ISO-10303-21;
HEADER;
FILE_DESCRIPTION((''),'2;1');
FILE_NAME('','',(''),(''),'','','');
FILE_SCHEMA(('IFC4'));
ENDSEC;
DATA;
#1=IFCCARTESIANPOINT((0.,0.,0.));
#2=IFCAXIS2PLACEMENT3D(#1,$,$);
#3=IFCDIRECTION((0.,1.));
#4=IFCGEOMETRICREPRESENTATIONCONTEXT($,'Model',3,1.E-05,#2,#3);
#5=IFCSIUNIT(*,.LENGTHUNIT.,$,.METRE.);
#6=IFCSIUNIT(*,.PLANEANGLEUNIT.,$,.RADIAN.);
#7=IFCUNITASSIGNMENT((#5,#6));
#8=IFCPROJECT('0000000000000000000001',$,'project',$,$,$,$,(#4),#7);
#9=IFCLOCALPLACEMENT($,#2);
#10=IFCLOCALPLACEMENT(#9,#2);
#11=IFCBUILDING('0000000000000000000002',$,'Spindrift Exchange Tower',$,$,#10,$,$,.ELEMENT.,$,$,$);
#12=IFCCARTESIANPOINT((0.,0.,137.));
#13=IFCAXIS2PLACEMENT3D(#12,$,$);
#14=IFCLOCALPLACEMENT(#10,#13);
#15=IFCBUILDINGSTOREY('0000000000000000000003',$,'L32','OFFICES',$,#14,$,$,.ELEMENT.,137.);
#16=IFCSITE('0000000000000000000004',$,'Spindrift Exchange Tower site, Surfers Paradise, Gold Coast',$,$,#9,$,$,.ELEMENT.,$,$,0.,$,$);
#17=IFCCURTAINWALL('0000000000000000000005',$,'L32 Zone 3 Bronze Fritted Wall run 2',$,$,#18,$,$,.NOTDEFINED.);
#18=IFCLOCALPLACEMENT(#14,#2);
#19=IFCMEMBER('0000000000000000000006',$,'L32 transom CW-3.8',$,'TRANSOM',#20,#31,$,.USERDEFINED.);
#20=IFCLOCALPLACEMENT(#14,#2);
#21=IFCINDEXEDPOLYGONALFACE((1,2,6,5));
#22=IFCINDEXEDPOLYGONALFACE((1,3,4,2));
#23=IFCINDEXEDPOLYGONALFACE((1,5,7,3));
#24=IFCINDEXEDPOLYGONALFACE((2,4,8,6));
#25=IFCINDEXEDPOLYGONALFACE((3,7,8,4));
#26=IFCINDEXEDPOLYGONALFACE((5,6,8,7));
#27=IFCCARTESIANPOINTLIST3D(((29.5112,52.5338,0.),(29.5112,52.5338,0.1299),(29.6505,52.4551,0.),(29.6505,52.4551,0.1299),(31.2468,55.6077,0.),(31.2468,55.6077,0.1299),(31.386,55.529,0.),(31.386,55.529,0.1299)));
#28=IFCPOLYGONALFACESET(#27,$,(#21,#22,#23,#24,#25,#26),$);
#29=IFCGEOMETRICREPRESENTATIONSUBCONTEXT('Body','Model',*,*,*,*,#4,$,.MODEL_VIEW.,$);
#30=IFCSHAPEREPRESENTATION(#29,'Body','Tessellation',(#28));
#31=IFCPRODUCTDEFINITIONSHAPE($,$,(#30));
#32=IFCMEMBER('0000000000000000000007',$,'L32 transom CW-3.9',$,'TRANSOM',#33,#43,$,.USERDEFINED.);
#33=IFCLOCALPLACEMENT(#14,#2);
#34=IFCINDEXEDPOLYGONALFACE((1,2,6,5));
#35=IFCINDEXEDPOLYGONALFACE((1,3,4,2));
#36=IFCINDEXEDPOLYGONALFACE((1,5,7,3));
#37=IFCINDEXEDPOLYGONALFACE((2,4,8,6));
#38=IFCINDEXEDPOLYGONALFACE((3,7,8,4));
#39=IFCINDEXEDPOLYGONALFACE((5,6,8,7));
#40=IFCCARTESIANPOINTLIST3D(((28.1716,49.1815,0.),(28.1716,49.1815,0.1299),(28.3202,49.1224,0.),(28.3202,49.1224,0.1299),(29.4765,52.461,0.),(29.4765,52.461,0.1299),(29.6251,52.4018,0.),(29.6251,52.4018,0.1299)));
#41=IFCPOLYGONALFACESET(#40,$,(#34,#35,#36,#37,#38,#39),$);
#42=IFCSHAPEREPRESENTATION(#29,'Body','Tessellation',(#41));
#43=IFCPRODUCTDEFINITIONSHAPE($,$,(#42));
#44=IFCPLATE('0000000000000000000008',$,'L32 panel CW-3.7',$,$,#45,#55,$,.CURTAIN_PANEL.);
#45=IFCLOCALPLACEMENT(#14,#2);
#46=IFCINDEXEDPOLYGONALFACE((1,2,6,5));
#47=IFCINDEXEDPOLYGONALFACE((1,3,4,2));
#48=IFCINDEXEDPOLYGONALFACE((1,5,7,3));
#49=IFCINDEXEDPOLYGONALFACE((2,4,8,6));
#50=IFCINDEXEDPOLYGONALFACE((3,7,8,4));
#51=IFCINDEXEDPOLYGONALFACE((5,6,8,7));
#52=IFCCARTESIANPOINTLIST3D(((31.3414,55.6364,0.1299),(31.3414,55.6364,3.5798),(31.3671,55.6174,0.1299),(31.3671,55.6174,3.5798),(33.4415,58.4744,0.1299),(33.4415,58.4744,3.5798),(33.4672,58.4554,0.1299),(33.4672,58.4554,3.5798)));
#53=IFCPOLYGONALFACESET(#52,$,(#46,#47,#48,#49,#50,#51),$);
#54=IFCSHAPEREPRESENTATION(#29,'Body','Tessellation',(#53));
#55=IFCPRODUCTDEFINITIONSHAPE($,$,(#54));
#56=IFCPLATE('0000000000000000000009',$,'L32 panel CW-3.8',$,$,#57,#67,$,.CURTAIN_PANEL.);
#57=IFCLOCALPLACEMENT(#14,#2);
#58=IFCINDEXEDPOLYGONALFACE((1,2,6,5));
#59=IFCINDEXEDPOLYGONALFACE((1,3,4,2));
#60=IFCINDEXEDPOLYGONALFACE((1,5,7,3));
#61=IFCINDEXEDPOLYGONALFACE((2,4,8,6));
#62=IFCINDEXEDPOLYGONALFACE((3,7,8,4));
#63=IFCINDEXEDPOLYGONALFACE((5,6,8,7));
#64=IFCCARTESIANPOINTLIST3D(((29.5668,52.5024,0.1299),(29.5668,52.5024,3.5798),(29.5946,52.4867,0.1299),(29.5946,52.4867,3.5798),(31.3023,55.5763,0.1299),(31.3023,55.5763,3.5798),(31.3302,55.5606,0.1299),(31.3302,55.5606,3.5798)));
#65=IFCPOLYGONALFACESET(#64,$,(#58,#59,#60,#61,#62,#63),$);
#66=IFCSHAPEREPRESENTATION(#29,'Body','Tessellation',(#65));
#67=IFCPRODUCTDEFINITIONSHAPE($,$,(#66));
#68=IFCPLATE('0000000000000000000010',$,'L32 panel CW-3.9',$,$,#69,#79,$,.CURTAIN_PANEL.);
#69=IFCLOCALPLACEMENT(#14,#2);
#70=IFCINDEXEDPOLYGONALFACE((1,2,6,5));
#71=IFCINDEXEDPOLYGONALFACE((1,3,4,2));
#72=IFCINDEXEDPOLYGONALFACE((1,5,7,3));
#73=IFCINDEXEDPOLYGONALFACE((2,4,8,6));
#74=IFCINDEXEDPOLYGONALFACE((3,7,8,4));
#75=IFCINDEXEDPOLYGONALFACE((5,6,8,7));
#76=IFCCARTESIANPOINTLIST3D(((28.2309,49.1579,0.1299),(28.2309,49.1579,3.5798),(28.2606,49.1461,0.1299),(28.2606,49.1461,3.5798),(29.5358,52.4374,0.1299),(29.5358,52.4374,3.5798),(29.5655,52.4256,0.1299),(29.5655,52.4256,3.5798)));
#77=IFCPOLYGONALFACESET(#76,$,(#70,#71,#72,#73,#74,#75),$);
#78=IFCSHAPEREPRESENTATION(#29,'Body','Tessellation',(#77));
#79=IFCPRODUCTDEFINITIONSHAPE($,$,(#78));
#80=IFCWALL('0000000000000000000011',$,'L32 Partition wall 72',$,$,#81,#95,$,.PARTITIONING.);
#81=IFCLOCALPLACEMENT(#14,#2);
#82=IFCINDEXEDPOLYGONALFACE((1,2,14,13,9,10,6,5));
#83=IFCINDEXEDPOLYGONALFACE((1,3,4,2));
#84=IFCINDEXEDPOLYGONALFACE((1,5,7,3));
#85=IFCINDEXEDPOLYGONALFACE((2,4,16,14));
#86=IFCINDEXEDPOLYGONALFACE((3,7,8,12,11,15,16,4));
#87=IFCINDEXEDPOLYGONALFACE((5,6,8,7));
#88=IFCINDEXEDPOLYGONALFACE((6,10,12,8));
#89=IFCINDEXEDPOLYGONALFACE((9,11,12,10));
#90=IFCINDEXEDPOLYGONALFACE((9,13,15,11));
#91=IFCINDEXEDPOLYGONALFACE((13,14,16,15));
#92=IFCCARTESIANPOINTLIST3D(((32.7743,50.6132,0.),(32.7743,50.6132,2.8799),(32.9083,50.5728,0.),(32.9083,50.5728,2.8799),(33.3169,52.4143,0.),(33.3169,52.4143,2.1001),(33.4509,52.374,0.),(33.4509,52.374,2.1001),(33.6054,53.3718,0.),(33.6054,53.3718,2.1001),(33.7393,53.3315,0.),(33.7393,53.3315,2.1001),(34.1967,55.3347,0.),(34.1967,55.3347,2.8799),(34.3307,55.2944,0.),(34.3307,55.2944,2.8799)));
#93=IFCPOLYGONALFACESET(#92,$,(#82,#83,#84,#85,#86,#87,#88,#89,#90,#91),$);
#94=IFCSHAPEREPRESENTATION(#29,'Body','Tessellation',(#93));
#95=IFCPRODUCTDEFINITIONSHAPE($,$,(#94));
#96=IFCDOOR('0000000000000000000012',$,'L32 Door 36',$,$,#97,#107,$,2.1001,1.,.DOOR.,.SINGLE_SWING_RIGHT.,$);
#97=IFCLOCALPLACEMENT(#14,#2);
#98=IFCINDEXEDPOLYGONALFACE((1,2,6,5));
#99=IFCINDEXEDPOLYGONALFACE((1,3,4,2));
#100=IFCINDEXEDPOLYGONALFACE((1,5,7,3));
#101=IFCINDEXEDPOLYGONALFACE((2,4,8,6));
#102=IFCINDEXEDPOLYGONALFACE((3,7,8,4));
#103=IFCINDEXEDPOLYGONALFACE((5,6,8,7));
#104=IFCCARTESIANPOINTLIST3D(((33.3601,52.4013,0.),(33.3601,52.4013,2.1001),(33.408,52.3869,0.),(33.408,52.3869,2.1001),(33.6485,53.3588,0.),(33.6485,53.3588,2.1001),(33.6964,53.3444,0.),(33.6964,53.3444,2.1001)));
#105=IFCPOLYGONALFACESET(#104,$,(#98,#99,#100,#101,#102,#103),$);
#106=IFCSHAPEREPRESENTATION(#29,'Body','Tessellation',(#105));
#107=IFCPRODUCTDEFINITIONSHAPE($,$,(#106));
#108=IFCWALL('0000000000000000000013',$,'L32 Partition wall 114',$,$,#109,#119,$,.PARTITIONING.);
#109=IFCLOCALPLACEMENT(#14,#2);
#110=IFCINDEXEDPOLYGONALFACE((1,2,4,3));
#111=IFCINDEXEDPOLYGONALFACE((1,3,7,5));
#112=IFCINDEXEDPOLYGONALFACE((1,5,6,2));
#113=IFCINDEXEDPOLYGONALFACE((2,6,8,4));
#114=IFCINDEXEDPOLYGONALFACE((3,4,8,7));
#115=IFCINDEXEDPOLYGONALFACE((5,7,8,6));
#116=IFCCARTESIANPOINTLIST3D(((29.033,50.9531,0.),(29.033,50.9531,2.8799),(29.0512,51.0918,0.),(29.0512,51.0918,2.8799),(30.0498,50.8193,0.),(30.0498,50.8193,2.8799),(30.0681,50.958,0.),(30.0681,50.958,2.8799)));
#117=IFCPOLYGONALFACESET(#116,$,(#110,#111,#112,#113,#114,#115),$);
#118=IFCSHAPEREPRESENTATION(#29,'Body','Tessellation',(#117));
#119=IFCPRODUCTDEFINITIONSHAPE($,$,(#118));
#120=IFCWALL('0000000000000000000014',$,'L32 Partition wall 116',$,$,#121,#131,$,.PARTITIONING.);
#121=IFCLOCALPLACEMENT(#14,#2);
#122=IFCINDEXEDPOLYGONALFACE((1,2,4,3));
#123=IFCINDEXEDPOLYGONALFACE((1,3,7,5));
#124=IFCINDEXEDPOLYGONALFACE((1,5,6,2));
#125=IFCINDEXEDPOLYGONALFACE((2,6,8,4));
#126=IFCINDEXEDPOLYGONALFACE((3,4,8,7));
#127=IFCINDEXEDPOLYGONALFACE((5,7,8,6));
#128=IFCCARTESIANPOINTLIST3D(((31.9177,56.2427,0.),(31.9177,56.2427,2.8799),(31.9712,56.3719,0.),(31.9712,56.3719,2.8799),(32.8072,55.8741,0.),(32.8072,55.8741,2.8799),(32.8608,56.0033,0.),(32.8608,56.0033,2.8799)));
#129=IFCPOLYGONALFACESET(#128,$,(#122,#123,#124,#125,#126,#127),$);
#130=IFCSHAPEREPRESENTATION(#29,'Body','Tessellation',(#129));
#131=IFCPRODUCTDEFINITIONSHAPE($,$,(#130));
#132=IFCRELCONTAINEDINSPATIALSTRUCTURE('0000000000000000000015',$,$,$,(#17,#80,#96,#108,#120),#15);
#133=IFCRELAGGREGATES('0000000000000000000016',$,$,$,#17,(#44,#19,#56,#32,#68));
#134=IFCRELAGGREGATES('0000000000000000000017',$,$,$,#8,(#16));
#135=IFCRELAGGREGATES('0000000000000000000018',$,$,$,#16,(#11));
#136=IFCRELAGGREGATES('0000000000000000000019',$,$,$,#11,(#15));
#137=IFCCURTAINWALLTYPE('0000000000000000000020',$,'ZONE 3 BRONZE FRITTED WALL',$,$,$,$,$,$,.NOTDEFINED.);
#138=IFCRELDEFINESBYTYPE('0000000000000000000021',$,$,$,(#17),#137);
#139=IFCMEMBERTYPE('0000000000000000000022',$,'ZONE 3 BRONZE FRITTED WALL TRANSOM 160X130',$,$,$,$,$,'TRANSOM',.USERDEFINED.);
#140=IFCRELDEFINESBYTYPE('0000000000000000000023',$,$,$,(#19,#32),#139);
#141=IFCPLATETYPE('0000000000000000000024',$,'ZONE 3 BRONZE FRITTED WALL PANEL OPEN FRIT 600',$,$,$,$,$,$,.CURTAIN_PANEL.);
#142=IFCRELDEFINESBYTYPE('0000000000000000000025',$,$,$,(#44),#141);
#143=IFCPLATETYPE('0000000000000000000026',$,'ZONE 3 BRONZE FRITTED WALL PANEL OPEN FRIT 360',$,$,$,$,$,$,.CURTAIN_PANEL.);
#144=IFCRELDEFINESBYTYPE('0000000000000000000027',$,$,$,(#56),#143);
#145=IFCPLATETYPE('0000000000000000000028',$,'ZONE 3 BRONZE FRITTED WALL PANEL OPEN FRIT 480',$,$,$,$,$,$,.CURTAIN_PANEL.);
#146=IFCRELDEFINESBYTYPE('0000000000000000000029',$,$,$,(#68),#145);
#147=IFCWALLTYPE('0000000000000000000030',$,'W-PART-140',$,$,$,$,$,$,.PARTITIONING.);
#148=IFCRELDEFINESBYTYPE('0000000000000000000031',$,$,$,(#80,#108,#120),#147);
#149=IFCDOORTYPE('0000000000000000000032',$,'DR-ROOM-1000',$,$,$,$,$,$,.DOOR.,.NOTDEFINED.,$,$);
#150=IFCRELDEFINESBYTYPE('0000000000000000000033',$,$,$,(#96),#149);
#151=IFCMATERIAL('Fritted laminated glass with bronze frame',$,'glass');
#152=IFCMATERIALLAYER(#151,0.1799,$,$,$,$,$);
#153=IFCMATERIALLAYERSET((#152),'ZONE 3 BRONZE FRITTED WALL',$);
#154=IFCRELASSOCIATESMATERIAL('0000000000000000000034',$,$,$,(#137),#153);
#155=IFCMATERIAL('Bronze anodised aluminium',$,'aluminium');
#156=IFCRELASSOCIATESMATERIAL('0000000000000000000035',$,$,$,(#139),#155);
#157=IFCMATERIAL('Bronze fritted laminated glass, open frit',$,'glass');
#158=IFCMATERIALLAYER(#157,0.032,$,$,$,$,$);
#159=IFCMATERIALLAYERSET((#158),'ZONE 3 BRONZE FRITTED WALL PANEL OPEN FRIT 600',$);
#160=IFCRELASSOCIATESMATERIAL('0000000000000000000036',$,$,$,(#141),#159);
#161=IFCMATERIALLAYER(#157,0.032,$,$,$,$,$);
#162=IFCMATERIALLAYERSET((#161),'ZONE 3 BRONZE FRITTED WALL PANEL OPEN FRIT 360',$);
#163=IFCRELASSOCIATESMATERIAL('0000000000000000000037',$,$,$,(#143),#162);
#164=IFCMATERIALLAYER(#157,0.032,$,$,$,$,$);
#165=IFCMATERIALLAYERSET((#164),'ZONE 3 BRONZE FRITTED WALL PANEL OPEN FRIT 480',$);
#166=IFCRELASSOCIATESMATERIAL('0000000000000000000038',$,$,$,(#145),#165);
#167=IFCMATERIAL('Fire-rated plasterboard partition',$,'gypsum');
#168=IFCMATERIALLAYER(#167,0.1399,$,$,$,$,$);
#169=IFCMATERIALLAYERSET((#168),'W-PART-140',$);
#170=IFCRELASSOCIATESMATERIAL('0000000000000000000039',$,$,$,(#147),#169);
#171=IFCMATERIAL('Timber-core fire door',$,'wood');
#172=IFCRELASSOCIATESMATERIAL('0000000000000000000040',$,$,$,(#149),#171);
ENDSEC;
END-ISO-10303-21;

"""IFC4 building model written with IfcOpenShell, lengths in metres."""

from ifc_helpers import new_model, si_unit, direction, frame, frame_2d, origin, origin_2d, place, context, subcontext, project, spatial, rectangle, extrude, source, transform, mapped, material, layer, layer_set, material_profile, profile_set, type_object, element, fill, aggregate, save


model = new_model("IFC4")

# Units and contexts
model_context = context("Model", 3, precision=1e-05, world=origin(), true_north=direction((0.0, 1.0)))
body_context = subcontext(model_context, "Body", "Model", "MODEL_VIEW")
ifc_project = project(units=[si_unit("LENGTHUNIT", "METRE"), si_unit("PLANEANGLEUNIT", "RADIAN")], contexts=[model_context])

# Site, building, storey
site_placement = place(None, origin())
site = spatial("IfcSite", under=ifc_project, at=site_placement, Name="Spindrift Exchange Tower site, Surfers Paradise, Gold Coast", CompositionType="ELEMENT", RefElevation=0.0)
building_placement = place(site_placement, origin())
building = spatial("IfcBuilding", under=site, at=building_placement, Name="Spindrift Exchange Tower", CompositionType="ELEMENT")
storey_placement = place(building_placement, frame((0.0, 0.0, 137.0)))
storey = spatial("IfcBuildingStorey", under=building, at=storey_placement, Name="L32", Description="OFFICES", CompositionType="ELEMENT", Elevation=137.0)

# Curtain wall, members, plates
ifc_material_1 = material(Name="Fritted laminated glass with bronze frame", Category="glass")
ifc_layer_1 = layer(ifc_material_1, 0.1799)
ifc_layer_set_1 = layer_set([ifc_layer_1], Name="ZONE 3 BRONZE FRITTED WALL")
curtain_wall_type = type_object("IfcCurtainWallType", Name="ZONE 3 BRONZE FRITTED WALL", PredefinedType="NOTDEFINED", material=ifc_layer_set_1)
curtain_wall_placement = place(storey_placement, origin())
curtain_wall = element("IfcCurtainWall", 1, at=curtain_wall_placement, inside=storey, type_object=curtain_wall_type, Name="L32 Zone 3 Bronze Fritted Wall run 2", PredefinedType="NOTDEFINED")
ifc_material_2 = material(Name="Bronze anodised aluminium", Category="aluminium")
ifc_material_profile_1 = material_profile(ifc_material_2, rectangle(XDim=0.1599, YDim=0.1299, at=origin_2d()), Name="ZONE 3 BRONZE FRITTED WALL TRANSOM 160X130")
ifc_profile_set_1 = profile_set([ifc_material_profile_1], Name="Bronze anodised aluminium")
member_type_1 = type_object("IfcMemberType", Name="ZONE 3 BRONZE FRITTED WALL TRANSOM 160X130", ElementType="TRANSOM", PredefinedType="USERDEFINED", material=ifc_profile_set_1)
shared_shape_1 = source(origin(), body_context, "Body", "SweptSolid", [
    extrude(rectangle(XDim=0.1599, YDim=0.1299, at=origin_2d()), origin(), (0.0, 0.0, 1.0), 3.53),
])
member_1_placement = place(storey_placement, frame((31.3164, 55.5684, 0.0649), z_axis=(-0.491656, -0.870789, 0.0), x_axis=(0.870789, -0.491656, 0.0)))
member_1 = element("IfcMember", 2, at=member_1_placement, type_object=member_type_1, Name="L32 transom CW-3.8", ObjectType="TRANSOM", PredefinedType="USERDEFINED", context=body_context, shape_type="MappedRepresentation", body=[
    mapped(shared_shape_1, transform((0.0, 0.0, 0.0), scale=1.0)),
])
shared_shape_2 = source(origin(), body_context, "Body", "SweptSolid", [
    extrude(rectangle(XDim=0.1599, YDim=0.1299, at=origin_2d()), origin(), (0.0, 0.0, 1.0), 3.5295),
])
member_2_placement = place(storey_placement, frame((29.5508, 52.4314, 0.0649), z_axis=(-0.369709, -0.929148, 0.0), x_axis=(0.929148, -0.369709, 0.0)))
member_2 = element("IfcMember", 3, at=member_2_placement, type_object=member_type_1, Name="L32 transom CW-3.9", ObjectType="TRANSOM", PredefinedType="USERDEFINED", context=body_context, shape_type="MappedRepresentation", body=[
    mapped(shared_shape_2, transform((0.0, 0.0, 0.0), scale=1.0)),
])
ifc_material_3 = material(Name="Bronze fritted laminated glass, open frit", Category="glass")
ifc_layer_2 = layer(ifc_material_3, 0.032)
ifc_layer_set_2 = layer_set([ifc_layer_2], Name="ZONE 3 BRONZE FRITTED WALL PANEL OPEN FRIT 600")
plate_type_1 = type_object("IfcPlateType", Name="ZONE 3 BRONZE FRITTED WALL PANEL OPEN FRIT 600", PredefinedType="CURTAIN_PANEL", material=ifc_layer_set_2)
shared_shape_3 = source(origin(), body_context, "Body", "SweptSolid", [
    extrude(rectangle(XDim=3.5305, YDim=0.032, at=origin_2d()), origin(), (0.0, 0.0, 1.0), 3.45),
])
plate_1_placement = place(storey_placement, frame((32.4043, 57.0459, 0.1299), z_axis=(0.0, 0.0, 1.0), x_axis=(-0.594855, -0.803833, 0.0)))
plate_1 = element("IfcPlate", 4, at=plate_1_placement, type_object=plate_type_1, Name="L32 panel CW-3.7", PredefinedType="CURTAIN_PANEL", context=body_context, shape_type="MappedRepresentation", body=[
    mapped(shared_shape_3, transform((0.0, 0.0, 0.0), scale=1.0)),
])
ifc_layer_3 = layer(ifc_material_3, 0.032)
ifc_layer_set_3 = layer_set([ifc_layer_3], Name="ZONE 3 BRONZE FRITTED WALL PANEL OPEN FRIT 360")
plate_type_2 = type_object("IfcPlateType", Name="ZONE 3 BRONZE FRITTED WALL PANEL OPEN FRIT 360", PredefinedType="CURTAIN_PANEL", material=ifc_layer_set_3)
shared_shape_4 = source(origin(), body_context, "Body", "SweptSolid", [
    extrude(rectangle(XDim=3.53, YDim=0.032, at=origin_2d()), origin(), (0.0, 0.0, 1.0), 3.45),
])
plate_2_placement = place(storey_placement, frame((30.4485, 54.0315, 0.1299), z_axis=(0.0, 0.0, 1.0), x_axis=(-0.491658, -0.870789, 0.0)))
plate_2 = element("IfcPlate", 5, at=plate_2_placement, type_object=plate_type_2, Name="L32 panel CW-3.8", PredefinedType="CURTAIN_PANEL", context=body_context, shape_type="MappedRepresentation", body=[
    mapped(shared_shape_4, transform((0.0, 0.0, 0.0), scale=1.0)),
])
ifc_layer_4 = layer(ifc_material_3, 0.032)
ifc_layer_set_4 = layer_set([ifc_layer_4], Name="ZONE 3 BRONZE FRITTED WALL PANEL OPEN FRIT 480")
plate_type_3 = type_object("IfcPlateType", Name="ZONE 3 BRONZE FRITTED WALL PANEL OPEN FRIT 480", PredefinedType="CURTAIN_PANEL", material=ifc_layer_set_4)
shared_shape_5 = source(origin(), body_context, "Body", "SweptSolid", [
    extrude(rectangle(XDim=3.5295, YDim=0.032, at=origin_2d()), origin(), (0.0, 0.0, 1.0), 3.45),
])
plate_3_placement = place(storey_placement, frame((28.8982, 50.7917, 0.1299), z_axis=(0.0, 0.0, 1.0), x_axis=(-0.36969, -0.929155, 0.0)))
plate_3 = element("IfcPlate", 6, at=plate_3_placement, type_object=plate_type_3, Name="L32 panel CW-3.9", PredefinedType="CURTAIN_PANEL", context=body_context, shape_type="MappedRepresentation", body=[
    mapped(shared_shape_5, transform((0.0, 0.0, 0.0), scale=1.0)),
])
aggregate(curtain_wall, [plate_1, member_1, plate_2, member_2, plate_3])

# Wall, opening, door
ifc_material_4 = material(Name="Fire-rated plasterboard partition", Category="gypsum")
ifc_layer_5 = layer(ifc_material_4, 0.1399)
ifc_layer_set_5 = layer_set([ifc_layer_5], Name="W-PART-140")
wall_type = type_object("IfcWallType", Name="W-PART-140", PredefinedType="PARTITIONING", material=ifc_layer_set_5)
wall_1_placement = place(storey_placement, frame((32.8413, 50.593, 0.0), z_axis=(0.0, 0.0, 1.0), x_axis=(0.288451, 0.957495, 0.0)))
wall_1 = element("IfcWall", 7, at=wall_1_placement, inside=storey, type_object=wall_type, Name="L32 Partition wall 72", PredefinedType="PARTITIONING", context=body_context, shape_type="SweptSolid", body=[
    extrude(rectangle(XDim=4.9312, YDim=0.1399, at=frame_2d((2.4656, 0.0))), origin(), (0.0, 0.0, 1.0), 2.8799),
])
opening_placement = place(wall_1_placement, frame((1.8811, 0.0, 0.0)))
opening = element("IfcOpeningElement", 8, at=opening_placement, cuts=wall_1, PredefinedType="OPENING", context=body_context, shape_type="SweptSolid", body=[
    extrude(rectangle(XDim=1.0, YDim=2.1001, at=frame_2d((0.5, 1.05))), frame((0.0, 0.0798, 0.0), z_axis=(0.0, -1.0, 0.0), x_axis=(1.0, 0.0, 0.0)), (0.0, 0.0, 1.0), 0.1599),
])
ifc_material_5 = material(Name="Timber-core fire door", Category="wood")
door_type = type_object("IfcDoorType", Name="DR-ROOM-1000", OperationType="NOTDEFINED", PredefinedType="DOOR", material=ifc_material_5)
shared_shape_6 = source(origin(), body_context, "Body", "SweptSolid", [
    extrude(rectangle(XDim=1.0, YDim=2.1001, at=frame_2d((0.5, 1.05))), frame((0.0, 0.0249, 0.0), z_axis=(0.0, -1.0, 0.0), x_axis=(1.0, 0.0, 0.0)), (0.0, 0.0, 1.0), 0.05),
])
door_placement = place(opening_placement, origin())
door = element("IfcDoor", 9, at=door_placement, inside=storey, type_object=door_type, Name="L32 Door 36", OperationType="SINGLE_SWING_RIGHT", OverallHeight=2.1001, OverallWidth=1.0, PredefinedType="DOOR", context=body_context, shape_type="MappedRepresentation", body=[
    mapped(shared_shape_6, transform((0.0, 0.0, 0.0), scale=1.0)),
])
fill(opening, door)

# Walls
wall_2_placement = place(storey_placement, frame((30.0588, 50.8887, 0.0), z_axis=(0.0, 0.0, 1.0), x_axis=(-0.991455, 0.130448, 0.0)))
element("IfcWall", 10, at=wall_2_placement, inside=storey, type_object=wall_type, Name="L32 Partition wall 114", PredefinedType="PARTITIONING", context=body_context, shape_type="SweptSolid", body=[
    extrude(rectangle(XDim=1.0256, YDim=0.1399, at=frame_2d((0.5127, 0.0))), origin(), (0.0, 0.0, 1.0), 2.8799),
])
wall_3_placement = place(storey_placement, frame((32.834, 55.9387, 0.0), z_axis=(0.0, 0.0, 1.0), x_axis=(-0.923825, 0.382815, 0.0)))
element("IfcWall", 11, at=wall_3_placement, inside=storey, type_object=wall_type, Name="L32 Partition wall 116", PredefinedType="PARTITIONING", context=body_context, shape_type="SweptSolid", body=[
    extrude(rectangle(XDim=0.9629, YDim=0.1399, at=frame_2d((0.4814, 0.0))), origin(), (0.0, 0.0, 1.0), 2.8799),
])

save(model, "model.ifc")
